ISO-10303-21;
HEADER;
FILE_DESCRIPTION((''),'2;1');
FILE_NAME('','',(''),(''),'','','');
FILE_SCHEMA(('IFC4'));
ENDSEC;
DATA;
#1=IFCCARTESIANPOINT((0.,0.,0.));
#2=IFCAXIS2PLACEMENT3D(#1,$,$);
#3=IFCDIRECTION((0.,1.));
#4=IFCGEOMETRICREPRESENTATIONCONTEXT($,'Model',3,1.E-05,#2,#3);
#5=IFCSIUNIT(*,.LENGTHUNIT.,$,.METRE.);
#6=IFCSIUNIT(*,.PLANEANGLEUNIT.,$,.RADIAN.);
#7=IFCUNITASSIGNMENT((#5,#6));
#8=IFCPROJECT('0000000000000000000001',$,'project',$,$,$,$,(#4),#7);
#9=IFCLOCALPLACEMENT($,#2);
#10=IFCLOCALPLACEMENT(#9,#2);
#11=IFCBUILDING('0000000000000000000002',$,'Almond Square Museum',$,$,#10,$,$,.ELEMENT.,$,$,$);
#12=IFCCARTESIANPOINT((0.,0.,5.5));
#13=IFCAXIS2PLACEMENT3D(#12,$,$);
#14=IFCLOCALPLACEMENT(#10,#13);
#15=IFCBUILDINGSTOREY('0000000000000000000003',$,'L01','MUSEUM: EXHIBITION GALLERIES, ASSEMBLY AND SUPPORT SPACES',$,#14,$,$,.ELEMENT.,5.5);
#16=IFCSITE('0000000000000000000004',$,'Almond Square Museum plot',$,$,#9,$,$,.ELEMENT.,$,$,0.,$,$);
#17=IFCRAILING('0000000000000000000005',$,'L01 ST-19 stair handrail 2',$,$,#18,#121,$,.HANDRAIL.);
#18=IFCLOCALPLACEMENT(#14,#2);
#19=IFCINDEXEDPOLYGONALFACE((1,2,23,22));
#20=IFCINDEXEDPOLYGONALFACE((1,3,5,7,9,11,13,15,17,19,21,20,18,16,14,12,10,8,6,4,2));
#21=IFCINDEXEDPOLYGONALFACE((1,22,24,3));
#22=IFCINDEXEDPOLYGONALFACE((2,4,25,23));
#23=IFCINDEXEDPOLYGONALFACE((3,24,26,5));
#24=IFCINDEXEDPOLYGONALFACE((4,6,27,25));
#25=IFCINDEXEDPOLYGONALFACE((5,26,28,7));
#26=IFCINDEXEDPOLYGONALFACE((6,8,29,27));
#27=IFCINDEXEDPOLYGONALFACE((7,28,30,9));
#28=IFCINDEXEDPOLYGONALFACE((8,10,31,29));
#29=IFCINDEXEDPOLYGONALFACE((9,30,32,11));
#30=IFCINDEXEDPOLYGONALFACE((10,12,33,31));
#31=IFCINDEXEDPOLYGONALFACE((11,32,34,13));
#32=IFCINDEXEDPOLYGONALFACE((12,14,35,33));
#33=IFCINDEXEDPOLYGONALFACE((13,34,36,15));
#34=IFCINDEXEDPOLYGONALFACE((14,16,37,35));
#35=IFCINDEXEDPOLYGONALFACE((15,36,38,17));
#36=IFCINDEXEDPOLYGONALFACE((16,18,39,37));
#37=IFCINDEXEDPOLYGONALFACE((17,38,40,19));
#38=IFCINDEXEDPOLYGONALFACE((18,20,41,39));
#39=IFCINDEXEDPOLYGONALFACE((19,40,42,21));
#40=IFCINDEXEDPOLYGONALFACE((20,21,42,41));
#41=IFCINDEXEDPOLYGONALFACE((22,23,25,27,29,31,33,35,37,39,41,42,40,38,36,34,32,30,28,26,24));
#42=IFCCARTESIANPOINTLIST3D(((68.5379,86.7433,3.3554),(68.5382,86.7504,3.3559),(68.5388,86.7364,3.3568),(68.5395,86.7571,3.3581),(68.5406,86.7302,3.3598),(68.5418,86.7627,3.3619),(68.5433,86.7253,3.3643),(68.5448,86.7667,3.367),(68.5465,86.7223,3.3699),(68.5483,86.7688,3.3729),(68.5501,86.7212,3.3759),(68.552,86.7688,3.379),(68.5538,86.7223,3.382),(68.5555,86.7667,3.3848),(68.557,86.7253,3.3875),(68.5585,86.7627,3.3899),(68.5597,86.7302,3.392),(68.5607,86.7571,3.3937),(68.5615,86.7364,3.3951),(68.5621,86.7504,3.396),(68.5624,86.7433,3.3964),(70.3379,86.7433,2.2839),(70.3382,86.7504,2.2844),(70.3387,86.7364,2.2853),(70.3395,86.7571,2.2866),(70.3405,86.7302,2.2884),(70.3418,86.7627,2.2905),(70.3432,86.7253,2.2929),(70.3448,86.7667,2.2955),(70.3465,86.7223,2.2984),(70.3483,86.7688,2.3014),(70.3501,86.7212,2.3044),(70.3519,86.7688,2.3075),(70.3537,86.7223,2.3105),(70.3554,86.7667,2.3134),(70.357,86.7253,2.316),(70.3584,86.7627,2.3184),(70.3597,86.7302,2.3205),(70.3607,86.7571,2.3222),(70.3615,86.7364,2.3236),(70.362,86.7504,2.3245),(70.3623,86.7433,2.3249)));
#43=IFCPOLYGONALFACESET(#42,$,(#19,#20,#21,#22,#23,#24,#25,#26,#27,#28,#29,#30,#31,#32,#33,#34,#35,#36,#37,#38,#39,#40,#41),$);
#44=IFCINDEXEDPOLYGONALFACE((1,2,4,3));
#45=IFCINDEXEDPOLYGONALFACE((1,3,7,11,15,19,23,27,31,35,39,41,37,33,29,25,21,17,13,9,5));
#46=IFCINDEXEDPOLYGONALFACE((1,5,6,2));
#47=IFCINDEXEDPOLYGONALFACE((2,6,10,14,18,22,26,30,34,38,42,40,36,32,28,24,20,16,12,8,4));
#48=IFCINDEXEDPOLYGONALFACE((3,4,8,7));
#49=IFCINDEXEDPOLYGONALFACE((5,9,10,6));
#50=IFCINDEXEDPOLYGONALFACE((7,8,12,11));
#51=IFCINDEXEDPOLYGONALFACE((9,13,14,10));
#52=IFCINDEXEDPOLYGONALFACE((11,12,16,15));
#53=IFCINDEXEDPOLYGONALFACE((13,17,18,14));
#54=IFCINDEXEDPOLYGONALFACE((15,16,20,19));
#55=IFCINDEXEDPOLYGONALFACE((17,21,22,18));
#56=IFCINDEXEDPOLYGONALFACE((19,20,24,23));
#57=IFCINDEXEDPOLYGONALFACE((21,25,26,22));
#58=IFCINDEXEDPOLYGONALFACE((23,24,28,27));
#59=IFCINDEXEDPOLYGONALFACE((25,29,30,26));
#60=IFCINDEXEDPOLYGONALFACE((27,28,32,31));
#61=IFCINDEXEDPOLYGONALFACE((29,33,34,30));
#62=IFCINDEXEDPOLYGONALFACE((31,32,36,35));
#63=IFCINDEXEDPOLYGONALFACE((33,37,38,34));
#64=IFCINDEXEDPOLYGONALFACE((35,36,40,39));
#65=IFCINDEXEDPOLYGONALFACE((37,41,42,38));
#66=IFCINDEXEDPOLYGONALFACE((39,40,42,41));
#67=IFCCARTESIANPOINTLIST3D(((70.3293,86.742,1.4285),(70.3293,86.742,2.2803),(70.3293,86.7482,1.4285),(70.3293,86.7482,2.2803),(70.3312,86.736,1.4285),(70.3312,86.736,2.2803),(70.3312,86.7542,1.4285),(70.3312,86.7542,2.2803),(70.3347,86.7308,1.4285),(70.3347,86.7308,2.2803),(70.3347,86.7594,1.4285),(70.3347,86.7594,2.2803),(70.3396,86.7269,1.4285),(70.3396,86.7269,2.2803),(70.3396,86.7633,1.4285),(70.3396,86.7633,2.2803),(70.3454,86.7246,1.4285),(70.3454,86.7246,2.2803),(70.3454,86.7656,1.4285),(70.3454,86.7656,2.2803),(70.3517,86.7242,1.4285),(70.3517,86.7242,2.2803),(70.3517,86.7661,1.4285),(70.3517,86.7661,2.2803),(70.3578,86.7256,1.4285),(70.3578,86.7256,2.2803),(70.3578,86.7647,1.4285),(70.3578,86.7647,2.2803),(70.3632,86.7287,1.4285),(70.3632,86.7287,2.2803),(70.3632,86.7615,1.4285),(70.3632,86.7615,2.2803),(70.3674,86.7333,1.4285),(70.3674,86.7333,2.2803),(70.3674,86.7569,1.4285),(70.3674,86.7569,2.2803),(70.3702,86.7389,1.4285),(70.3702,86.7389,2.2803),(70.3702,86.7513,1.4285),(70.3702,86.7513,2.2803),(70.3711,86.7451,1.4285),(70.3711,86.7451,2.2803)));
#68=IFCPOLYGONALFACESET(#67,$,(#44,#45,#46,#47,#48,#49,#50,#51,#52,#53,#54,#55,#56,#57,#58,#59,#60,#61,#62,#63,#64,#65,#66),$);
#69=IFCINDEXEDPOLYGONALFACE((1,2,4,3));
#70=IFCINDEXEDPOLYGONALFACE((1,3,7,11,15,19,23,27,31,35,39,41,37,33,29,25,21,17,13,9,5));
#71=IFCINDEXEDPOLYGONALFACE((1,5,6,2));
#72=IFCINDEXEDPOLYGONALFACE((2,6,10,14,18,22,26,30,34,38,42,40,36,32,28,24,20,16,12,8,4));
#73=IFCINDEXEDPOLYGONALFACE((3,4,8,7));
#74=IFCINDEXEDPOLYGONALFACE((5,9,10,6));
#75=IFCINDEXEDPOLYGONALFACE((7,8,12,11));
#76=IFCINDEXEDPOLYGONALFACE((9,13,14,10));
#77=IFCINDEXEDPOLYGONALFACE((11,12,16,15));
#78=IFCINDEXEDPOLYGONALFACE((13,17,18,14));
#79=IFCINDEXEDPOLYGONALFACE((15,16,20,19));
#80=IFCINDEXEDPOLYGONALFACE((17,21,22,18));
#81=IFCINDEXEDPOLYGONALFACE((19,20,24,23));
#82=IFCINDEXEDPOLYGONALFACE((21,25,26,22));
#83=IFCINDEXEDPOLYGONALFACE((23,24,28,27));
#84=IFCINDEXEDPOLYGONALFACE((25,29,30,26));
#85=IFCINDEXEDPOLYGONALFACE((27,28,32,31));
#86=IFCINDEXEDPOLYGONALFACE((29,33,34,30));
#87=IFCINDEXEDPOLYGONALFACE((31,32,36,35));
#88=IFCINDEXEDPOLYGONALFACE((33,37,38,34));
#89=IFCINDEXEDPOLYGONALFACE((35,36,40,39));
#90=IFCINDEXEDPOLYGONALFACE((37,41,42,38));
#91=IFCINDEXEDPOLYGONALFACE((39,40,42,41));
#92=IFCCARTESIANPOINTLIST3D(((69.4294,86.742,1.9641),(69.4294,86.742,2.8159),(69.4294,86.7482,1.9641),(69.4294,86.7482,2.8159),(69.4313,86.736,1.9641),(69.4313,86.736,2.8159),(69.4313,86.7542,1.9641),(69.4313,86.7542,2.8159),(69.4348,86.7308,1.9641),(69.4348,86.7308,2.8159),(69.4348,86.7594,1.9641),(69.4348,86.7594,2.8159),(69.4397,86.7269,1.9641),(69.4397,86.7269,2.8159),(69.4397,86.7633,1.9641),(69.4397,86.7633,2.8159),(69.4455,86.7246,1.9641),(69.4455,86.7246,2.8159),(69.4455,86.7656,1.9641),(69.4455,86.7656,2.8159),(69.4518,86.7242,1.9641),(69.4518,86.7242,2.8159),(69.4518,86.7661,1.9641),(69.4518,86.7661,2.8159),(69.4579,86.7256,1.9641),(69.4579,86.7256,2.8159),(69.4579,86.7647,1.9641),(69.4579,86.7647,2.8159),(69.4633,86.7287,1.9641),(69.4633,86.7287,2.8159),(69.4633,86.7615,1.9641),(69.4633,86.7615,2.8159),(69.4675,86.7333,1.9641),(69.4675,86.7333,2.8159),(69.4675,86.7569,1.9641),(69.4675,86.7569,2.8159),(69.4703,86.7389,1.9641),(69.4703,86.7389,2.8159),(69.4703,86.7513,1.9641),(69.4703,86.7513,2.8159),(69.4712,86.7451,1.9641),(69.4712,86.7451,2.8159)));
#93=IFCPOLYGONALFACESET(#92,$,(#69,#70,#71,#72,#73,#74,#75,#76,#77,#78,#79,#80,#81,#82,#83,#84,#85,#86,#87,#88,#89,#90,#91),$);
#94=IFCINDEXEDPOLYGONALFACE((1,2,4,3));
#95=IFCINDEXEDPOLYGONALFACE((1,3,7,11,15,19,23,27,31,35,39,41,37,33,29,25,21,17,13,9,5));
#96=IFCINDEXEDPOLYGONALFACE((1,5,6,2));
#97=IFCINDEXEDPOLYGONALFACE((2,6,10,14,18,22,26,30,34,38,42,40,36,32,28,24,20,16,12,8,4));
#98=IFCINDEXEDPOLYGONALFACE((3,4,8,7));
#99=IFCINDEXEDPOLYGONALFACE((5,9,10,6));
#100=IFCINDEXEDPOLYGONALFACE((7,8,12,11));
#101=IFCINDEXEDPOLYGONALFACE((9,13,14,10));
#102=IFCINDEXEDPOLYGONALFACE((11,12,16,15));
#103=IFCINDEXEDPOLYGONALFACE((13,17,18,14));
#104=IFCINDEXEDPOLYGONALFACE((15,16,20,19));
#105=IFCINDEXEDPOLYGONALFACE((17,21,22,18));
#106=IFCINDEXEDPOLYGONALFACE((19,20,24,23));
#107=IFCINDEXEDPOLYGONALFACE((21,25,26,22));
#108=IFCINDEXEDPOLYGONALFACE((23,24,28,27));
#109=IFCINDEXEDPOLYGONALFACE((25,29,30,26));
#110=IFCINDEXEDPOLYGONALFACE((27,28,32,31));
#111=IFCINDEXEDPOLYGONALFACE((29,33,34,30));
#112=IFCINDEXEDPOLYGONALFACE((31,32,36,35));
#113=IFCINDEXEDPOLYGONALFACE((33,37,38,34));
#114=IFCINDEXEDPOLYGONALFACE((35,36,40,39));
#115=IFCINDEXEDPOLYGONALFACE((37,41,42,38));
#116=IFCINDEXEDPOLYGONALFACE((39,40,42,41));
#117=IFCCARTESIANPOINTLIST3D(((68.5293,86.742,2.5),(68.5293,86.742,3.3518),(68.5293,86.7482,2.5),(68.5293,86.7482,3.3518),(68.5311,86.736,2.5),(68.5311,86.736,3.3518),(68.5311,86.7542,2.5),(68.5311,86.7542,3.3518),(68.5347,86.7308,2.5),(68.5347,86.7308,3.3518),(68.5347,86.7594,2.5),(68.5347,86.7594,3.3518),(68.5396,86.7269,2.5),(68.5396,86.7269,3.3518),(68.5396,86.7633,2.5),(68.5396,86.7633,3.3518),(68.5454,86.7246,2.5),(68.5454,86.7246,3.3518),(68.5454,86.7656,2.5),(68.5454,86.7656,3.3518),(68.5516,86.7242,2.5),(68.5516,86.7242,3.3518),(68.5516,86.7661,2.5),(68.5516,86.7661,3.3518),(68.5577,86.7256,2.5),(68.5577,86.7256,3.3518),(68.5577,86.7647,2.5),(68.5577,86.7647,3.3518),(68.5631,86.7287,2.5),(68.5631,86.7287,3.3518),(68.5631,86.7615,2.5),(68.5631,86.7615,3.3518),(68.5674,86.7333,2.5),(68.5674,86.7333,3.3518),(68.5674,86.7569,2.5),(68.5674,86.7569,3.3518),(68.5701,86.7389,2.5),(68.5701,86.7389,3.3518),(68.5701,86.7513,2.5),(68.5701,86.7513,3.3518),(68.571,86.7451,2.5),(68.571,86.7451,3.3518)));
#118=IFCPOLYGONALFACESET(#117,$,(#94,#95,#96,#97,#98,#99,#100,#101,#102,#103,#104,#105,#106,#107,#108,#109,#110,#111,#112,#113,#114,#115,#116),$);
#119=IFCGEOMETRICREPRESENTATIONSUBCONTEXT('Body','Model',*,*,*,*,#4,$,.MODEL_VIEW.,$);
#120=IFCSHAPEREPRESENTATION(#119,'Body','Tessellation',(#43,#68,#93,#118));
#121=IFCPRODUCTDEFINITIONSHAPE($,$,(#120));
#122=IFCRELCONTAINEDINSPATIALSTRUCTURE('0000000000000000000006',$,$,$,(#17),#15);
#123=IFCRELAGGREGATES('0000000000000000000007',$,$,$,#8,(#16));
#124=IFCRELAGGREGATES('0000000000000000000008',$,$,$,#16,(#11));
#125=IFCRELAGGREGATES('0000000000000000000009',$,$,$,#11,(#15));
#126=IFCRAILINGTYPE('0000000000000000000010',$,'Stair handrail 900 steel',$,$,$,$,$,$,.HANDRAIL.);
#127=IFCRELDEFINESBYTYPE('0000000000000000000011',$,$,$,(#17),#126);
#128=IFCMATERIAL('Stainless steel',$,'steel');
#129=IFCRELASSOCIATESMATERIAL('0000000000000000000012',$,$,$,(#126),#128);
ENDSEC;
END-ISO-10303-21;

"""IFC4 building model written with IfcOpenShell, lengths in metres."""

from ifc_helpers import new_model, si_unit, direction, frame, origin, origin_2d, place, context, subcontext, project, spatial, circle, extrude, material, type_object, element, save


model = new_model("IFC4")

# Units and contexts
model_context = context("Model", 3, precision=1e-05, world=origin(), true_north=direction((0.0, 1.0)))
body_context = subcontext(model_context, "Body", "Model", "MODEL_VIEW")
ifc_project = project(units=[si_unit("LENGTHUNIT", "METRE"), si_unit("PLANEANGLEUNIT", "RADIAN")], contexts=[model_context])

# Site, building, storey
site_placement = place(None, origin())
site = spatial("IfcSite", under=ifc_project, at=site_placement, Name="Almond Square Museum plot", CompositionType="ELEMENT", RefElevation=0.0)
building_placement = place(site_placement, origin())
building = spatial("IfcBuilding", under=site, at=building_placement, Name="Almond Square Museum", CompositionType="ELEMENT")
storey_placement = place(building_placement, frame((0.0, 0.0, 5.5)))
storey = spatial("IfcBuildingStorey", under=building, at=storey_placement, Name="L01", Description="MUSEUM: EXHIBITION GALLERIES, ASSEMBLY AND SUPPORT SPACES", CompositionType="ELEMENT", Elevation=5.5)

# Railing
ifc_material_1 = material(Name="Stainless steel", Category="steel")
railing_type_1 = type_object("IfcRailingType", Name="Stair handrail 900 steel", PredefinedType="HANDRAIL", material=ifc_material_1)
railing_1_placement = place(storey_placement, frame((70.3501, 86.7451, 1.4285)))
element("IfcRailing", 1, at=railing_1_placement, inside=storey, type_object=railing_type_1, Name="L01 ST-19 stair handrail 2", PredefinedType="HANDRAIL", context=body_context, shape_type="SweptSolid", body=[
    extrude(circle(Radius=0.0239, at=origin_2d()), frame((0.0, 0.0, 0.876), z_axis=(-0.859277, 0.0, 0.51151), x_axis=(0.0, -1.0, 0.0)), (0.0, 0.0, 1.0), 2.0947),
    extrude(circle(Radius=0.021, at=origin_2d()), origin(), (0.0, 0.0, 1.0), 0.8518),
    extrude(circle(Radius=0.021, at=origin_2d()), frame((-0.8999, 0.0, 0.5356)), (0.0, 0.0, 1.0), 0.8518),
    extrude(circle(Radius=0.021, at=origin_2d()), frame((-1.8, 0.0, 1.0715)), (0.0, 0.0, 1.0), 0.8518),
])

save(model, "model.ifc")
